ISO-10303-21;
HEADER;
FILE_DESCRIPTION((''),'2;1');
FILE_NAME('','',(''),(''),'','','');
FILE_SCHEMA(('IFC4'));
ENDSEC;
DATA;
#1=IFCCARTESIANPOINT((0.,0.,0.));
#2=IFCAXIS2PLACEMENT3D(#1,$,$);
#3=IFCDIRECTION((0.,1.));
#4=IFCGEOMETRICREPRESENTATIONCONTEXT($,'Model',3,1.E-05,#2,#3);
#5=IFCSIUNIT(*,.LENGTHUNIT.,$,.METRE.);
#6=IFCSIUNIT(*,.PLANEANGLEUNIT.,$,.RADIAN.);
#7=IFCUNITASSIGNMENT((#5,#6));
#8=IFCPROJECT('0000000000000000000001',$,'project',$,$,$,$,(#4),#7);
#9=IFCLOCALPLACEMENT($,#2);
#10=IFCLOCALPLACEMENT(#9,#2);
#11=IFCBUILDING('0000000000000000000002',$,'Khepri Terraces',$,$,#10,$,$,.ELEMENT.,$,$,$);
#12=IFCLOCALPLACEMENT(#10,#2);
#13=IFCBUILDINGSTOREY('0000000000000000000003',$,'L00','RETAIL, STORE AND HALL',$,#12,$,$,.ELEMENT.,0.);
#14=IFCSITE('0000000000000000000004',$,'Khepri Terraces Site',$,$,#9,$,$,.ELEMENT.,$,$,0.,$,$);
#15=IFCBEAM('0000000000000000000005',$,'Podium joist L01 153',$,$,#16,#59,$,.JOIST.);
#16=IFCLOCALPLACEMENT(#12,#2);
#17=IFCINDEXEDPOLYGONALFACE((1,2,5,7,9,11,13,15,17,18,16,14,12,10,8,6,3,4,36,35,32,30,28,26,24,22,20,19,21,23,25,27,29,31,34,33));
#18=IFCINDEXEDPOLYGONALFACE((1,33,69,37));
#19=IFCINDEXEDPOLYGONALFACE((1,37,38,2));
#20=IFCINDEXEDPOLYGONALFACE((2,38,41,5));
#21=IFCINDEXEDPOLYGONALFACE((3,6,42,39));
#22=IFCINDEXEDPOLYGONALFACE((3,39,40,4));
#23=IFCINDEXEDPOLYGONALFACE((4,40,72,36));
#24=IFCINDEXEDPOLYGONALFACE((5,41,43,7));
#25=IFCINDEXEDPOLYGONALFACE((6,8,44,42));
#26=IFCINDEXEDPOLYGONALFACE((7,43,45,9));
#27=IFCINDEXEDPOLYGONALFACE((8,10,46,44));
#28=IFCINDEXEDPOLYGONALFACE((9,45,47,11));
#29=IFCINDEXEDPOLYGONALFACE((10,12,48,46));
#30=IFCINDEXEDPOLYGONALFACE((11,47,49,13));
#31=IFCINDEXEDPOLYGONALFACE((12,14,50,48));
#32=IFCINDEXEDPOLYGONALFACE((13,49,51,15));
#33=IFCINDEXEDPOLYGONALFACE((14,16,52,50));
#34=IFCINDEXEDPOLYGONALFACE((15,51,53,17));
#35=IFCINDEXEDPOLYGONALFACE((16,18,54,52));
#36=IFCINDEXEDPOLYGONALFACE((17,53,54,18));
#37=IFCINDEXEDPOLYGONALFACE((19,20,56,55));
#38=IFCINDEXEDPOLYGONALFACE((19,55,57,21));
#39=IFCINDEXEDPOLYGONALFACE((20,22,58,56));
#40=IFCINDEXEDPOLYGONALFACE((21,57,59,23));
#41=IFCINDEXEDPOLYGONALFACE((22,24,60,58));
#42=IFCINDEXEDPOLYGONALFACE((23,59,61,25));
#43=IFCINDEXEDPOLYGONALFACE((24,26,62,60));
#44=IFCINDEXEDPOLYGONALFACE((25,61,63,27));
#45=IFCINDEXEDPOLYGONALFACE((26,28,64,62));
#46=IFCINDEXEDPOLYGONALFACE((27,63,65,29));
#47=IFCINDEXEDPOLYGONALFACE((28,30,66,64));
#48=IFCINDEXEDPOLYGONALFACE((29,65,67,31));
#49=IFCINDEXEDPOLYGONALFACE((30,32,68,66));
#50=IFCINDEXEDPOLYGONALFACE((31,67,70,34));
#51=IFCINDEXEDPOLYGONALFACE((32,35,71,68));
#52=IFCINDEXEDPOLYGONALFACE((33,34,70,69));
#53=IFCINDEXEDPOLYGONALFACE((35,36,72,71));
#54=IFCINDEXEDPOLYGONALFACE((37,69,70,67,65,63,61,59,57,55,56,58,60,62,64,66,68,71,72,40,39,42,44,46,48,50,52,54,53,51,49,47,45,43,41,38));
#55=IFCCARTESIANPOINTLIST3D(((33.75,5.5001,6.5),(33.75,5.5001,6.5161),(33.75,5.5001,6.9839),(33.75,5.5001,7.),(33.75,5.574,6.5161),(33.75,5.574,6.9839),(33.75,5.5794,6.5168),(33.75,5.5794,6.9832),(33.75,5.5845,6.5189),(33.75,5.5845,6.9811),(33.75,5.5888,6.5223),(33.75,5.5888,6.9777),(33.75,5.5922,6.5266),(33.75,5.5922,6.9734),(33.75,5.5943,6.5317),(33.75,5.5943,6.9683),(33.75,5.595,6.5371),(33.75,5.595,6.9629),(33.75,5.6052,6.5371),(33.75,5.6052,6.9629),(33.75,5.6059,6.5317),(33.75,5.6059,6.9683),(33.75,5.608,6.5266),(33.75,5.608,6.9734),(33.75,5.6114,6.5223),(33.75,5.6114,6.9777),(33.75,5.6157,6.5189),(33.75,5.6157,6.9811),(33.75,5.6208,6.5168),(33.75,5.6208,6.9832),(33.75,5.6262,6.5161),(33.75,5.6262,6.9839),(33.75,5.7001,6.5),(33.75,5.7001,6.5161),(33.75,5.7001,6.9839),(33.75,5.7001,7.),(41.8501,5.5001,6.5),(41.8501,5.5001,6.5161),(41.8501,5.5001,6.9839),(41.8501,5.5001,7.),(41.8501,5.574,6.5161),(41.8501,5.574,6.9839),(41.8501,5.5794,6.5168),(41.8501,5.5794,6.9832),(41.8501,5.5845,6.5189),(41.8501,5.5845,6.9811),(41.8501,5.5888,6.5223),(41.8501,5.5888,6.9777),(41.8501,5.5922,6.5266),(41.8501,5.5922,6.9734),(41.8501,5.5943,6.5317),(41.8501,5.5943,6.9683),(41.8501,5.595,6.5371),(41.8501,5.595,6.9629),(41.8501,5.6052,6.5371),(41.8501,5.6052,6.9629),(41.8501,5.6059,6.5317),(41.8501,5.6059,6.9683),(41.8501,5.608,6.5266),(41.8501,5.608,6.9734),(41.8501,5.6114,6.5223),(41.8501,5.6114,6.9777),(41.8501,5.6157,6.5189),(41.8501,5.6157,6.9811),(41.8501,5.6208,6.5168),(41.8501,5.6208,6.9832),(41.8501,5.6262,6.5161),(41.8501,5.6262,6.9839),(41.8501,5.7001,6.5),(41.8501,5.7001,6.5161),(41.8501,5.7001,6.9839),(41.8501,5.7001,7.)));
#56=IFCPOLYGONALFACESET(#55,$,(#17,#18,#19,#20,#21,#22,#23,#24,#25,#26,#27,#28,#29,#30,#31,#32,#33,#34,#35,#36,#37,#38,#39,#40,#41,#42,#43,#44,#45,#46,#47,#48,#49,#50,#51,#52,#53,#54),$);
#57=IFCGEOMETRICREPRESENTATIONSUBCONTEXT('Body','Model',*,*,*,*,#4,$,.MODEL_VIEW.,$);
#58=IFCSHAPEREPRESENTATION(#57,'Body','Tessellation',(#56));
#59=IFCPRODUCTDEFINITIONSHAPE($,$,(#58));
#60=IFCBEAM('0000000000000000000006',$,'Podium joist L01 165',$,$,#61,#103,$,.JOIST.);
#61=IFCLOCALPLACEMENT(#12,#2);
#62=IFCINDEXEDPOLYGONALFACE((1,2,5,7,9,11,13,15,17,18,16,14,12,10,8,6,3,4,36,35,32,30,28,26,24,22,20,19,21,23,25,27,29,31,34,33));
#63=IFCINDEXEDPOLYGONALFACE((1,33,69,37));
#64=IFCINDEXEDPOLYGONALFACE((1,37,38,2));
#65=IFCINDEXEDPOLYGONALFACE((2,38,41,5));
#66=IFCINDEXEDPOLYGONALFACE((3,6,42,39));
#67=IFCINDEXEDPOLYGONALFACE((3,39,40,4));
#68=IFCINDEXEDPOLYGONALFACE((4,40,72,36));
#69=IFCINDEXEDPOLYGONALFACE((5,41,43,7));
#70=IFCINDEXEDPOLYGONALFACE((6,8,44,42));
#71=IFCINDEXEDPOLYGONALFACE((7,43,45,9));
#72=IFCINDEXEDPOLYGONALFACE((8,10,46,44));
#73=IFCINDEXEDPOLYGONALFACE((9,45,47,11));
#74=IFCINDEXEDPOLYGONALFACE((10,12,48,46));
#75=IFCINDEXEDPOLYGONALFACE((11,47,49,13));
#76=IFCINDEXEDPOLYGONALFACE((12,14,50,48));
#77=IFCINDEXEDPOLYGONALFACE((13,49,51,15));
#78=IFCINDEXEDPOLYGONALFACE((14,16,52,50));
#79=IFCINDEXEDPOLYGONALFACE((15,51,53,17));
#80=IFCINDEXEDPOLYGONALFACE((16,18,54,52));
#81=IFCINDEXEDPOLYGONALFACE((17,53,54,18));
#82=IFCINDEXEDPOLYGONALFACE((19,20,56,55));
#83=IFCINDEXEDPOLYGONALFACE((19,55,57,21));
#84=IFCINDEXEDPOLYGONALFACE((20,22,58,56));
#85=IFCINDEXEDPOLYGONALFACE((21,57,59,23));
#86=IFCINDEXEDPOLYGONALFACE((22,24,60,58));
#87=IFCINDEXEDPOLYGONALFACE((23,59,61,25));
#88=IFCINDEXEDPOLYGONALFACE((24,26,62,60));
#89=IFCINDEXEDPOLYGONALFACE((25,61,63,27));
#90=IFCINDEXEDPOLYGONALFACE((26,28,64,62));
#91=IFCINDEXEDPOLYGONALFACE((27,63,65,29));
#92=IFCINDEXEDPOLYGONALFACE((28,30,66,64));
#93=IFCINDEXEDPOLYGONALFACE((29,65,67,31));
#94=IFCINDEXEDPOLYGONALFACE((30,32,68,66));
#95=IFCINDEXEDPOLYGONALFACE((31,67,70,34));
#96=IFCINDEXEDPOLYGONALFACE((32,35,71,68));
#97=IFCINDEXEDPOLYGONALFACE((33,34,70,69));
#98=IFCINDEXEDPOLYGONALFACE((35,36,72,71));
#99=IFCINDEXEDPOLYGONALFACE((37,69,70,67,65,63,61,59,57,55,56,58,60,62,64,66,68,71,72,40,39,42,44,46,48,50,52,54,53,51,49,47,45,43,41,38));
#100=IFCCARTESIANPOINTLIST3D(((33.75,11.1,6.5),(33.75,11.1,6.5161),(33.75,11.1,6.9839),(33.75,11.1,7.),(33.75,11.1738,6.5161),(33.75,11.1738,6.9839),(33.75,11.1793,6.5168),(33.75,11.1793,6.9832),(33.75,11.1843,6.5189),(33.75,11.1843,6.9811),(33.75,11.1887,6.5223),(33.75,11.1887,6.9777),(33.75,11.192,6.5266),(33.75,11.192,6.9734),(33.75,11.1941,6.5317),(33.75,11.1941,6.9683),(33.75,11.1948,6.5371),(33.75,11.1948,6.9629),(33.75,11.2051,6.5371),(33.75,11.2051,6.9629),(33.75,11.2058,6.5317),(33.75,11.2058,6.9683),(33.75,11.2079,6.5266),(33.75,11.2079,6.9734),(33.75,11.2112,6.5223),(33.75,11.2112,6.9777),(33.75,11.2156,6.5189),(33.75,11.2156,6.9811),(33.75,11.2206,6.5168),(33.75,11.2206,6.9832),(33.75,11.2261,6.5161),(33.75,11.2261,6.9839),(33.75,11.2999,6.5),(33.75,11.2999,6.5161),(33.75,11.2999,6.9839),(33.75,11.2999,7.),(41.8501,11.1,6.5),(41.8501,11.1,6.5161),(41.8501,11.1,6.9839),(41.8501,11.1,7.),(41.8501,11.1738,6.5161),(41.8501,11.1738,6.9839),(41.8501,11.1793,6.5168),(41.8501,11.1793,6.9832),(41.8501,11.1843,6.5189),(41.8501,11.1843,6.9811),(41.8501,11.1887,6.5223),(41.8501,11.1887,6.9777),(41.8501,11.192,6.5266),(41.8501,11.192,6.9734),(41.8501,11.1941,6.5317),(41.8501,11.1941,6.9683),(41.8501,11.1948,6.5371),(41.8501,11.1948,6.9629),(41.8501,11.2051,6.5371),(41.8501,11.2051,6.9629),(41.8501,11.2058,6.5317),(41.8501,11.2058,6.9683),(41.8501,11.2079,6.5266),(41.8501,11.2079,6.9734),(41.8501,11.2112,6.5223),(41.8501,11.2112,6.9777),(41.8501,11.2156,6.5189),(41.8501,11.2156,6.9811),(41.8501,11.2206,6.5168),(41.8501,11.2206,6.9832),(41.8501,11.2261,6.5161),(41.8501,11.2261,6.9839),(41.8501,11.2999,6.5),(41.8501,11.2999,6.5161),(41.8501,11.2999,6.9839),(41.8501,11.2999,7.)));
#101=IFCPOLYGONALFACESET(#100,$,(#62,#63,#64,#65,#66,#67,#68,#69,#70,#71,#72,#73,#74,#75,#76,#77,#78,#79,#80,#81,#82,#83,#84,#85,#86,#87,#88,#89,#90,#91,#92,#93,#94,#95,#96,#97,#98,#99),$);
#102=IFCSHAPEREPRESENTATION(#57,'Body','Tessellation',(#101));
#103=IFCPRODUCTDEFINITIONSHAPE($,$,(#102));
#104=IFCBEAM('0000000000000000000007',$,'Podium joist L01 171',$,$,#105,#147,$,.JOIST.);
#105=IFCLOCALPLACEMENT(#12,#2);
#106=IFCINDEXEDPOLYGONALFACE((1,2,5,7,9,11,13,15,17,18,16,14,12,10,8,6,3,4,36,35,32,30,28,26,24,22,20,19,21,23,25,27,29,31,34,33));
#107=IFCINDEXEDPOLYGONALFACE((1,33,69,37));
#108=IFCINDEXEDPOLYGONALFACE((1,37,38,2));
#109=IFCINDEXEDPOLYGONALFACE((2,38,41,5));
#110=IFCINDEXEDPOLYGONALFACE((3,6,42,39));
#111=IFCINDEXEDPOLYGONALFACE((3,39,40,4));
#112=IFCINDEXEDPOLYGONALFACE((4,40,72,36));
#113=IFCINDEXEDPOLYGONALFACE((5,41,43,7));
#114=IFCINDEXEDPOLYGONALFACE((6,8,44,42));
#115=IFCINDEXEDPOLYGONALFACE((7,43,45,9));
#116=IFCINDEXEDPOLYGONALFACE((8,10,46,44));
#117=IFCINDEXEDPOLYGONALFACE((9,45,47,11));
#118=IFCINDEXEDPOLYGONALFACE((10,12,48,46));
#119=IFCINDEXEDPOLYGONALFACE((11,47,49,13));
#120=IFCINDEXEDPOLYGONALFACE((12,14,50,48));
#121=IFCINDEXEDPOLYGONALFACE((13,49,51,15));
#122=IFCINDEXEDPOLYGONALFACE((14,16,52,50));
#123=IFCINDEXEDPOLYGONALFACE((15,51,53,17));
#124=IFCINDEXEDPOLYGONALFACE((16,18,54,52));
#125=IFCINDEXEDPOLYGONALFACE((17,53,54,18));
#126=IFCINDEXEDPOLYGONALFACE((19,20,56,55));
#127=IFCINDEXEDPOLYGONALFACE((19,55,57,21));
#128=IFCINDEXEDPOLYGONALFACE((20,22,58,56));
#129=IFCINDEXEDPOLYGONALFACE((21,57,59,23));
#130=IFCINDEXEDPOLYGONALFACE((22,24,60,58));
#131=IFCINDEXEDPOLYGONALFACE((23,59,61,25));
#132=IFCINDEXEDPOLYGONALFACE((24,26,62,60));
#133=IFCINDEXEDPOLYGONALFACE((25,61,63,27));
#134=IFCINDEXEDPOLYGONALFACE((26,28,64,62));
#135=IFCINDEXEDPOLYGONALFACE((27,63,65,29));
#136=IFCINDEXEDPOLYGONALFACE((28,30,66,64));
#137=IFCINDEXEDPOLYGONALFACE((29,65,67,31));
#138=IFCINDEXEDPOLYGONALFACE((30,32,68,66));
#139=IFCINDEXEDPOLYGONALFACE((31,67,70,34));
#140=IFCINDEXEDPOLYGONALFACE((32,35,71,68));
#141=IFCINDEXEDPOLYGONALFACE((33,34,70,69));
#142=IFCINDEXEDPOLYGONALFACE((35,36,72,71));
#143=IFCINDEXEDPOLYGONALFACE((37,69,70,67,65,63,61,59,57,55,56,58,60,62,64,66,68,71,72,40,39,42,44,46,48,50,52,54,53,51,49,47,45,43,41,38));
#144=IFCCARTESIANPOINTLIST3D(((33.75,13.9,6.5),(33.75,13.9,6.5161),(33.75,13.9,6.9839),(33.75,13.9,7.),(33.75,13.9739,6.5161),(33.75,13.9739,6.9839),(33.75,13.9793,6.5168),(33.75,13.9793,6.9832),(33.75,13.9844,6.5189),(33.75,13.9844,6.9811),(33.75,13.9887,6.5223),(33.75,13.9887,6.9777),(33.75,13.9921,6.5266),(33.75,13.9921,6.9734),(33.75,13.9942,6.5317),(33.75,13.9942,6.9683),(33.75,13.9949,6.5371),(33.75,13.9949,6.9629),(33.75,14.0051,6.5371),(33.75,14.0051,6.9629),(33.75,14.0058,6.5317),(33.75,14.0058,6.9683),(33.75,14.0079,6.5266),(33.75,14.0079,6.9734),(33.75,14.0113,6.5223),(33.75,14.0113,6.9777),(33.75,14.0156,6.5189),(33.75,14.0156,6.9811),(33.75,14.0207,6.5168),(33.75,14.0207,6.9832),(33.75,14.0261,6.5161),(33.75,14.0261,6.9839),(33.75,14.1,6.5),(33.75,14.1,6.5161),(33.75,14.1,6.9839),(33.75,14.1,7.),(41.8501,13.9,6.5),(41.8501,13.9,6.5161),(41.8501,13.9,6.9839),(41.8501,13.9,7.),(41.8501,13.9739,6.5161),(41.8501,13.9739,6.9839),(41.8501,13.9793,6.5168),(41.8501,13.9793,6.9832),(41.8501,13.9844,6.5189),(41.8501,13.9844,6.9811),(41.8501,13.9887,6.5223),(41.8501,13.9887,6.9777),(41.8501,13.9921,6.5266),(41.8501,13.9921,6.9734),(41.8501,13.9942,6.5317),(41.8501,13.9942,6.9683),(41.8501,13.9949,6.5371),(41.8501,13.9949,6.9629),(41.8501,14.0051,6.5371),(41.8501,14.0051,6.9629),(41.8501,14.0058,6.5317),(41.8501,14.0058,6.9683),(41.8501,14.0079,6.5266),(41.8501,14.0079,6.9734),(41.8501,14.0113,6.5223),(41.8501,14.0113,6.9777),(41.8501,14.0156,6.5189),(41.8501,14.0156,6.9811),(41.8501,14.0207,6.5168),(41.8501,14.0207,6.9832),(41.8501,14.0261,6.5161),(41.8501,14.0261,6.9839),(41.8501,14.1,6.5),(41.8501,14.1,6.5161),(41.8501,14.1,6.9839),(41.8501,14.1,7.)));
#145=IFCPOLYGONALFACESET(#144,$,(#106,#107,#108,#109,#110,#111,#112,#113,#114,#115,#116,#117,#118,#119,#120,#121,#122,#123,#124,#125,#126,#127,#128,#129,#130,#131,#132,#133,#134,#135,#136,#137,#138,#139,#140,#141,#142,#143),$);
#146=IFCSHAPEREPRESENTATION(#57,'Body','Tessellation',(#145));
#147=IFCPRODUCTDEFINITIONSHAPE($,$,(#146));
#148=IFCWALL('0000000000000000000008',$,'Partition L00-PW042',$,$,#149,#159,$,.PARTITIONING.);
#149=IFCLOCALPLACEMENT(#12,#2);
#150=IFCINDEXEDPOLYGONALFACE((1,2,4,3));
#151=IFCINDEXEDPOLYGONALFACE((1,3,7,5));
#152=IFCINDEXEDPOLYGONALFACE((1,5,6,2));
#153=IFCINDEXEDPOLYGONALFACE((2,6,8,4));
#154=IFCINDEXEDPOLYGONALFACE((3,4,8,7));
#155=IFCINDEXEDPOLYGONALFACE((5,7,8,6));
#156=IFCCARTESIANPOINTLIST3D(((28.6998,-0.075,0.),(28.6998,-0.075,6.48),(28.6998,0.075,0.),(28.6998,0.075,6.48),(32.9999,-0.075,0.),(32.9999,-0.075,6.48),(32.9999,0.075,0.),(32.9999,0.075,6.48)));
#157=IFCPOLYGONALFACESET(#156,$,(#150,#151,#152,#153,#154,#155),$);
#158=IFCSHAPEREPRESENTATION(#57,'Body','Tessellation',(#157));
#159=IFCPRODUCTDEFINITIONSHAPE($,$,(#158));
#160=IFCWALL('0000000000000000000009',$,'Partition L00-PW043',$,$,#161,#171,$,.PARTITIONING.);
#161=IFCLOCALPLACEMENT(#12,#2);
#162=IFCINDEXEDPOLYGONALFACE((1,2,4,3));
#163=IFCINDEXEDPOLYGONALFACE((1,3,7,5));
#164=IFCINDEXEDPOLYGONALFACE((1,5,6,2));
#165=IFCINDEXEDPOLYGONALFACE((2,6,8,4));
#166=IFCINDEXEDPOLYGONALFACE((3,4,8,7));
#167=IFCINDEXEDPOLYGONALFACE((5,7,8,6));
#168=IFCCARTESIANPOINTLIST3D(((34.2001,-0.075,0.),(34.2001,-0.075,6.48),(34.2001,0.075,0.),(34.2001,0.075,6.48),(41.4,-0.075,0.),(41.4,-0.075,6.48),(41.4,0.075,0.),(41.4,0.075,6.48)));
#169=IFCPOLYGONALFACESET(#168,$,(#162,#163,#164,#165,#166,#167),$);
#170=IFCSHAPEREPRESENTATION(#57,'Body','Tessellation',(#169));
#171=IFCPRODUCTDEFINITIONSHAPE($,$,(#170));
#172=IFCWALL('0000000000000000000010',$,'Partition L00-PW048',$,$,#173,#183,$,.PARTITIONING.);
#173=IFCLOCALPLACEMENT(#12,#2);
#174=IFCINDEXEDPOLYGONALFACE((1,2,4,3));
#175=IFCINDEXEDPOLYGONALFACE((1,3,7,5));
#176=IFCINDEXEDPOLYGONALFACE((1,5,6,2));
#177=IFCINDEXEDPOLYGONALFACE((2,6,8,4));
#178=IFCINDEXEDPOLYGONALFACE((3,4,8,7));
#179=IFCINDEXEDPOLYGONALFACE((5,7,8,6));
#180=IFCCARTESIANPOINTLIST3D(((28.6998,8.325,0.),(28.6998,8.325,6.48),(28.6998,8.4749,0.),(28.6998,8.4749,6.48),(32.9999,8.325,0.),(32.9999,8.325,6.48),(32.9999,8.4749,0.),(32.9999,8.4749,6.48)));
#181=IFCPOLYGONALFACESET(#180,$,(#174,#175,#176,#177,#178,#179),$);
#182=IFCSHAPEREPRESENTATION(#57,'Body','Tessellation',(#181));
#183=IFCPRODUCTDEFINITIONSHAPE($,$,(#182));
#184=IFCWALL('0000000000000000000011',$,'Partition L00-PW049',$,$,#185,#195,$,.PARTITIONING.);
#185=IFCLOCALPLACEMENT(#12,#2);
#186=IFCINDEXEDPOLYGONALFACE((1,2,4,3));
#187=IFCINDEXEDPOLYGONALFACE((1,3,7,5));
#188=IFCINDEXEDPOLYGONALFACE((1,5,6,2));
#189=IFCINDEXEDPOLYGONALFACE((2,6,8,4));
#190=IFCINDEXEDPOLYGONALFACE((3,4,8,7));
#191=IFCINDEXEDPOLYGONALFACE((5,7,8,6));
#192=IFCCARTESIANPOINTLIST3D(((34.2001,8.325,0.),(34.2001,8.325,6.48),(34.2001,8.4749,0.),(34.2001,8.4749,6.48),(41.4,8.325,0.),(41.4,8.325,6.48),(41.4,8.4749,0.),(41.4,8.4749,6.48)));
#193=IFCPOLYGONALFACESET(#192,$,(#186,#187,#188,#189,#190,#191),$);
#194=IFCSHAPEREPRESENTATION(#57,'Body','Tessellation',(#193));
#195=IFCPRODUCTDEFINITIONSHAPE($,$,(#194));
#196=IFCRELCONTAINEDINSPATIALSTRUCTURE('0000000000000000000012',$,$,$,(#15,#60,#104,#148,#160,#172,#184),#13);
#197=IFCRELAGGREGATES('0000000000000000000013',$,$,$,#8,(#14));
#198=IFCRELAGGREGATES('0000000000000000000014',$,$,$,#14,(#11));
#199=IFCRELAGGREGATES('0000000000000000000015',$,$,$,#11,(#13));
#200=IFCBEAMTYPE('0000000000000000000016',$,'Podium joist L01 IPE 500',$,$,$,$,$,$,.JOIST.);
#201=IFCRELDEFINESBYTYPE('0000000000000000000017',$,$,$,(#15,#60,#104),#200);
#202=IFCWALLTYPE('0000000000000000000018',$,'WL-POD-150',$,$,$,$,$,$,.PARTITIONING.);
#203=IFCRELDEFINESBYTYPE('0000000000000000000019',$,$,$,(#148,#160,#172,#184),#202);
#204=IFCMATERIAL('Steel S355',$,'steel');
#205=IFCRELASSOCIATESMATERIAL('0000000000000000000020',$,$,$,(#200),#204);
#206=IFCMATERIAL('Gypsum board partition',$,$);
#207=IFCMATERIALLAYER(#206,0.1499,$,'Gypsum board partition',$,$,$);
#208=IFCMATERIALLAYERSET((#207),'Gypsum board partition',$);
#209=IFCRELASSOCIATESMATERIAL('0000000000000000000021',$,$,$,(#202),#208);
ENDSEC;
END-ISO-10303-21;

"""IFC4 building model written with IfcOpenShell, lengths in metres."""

from ifc_helpers import new_model, si_unit, direction, frame, frame_2d, origin, origin_2d, place, context, subcontext, project, spatial, rectangle, i_section, extrude, material, layer, layer_set, material_profile, profile_set, type_object, element, save


model = new_model("IFC4")

# Units and contexts
model_context = context("Model", 3, precision=1e-05, world=origin(), true_north=direction((0.0, 1.0)))
body_context = subcontext(model_context, "Body", "Model", "MODEL_VIEW")
ifc_project = project(units=[si_unit("LENGTHUNIT", "METRE"), si_unit("PLANEANGLEUNIT", "RADIAN")], contexts=[model_context])

# Site, building, storey
site_placement = place(None, origin())
site = spatial("IfcSite", under=ifc_project, at=site_placement, Name="Khepri Terraces Site", CompositionType="ELEMENT", RefElevation=0.0)
building_placement = place(site_placement, origin())
building = spatial("IfcBuilding", under=site, at=building_placement, Name="Khepri Terraces", CompositionType="ELEMENT")
storey_placement = place(building_placement, origin())
storey = spatial("IfcBuildingStorey", under=building, at=storey_placement, Name="L00", Description="RETAIL, STORE AND HALL", CompositionType="ELEMENT", Elevation=0.0)

# Beams
ifc_material_1 = material(Name="Steel S355", Category="steel")
ifc_material_profile_1 = material_profile(ifc_material_1, i_section(OverallWidth=0.2, OverallDepth=0.5, WebThickness=0.0103, FlangeThickness=0.0161, FilletRadius=0.021, at=origin_2d()), Name="Steel S355", Category="steel")
ifc_profile_set_1 = profile_set([ifc_material_profile_1], Name="Steel S355")
beam_type_1 = type_object("IfcBeamType", Name="Podium joist L01 IPE 500", PredefinedType="JOIST", material=ifc_profile_set_1)
for number, where, z_axis, x_axis, name in (
    (1, (33.75, 5.6001, 6.75), (1.0, 0.0, 0.0), (0.0, 1.0, 0.0), "Podium joist L01 153"),
    (2, (33.75, 11.2, 6.75), (1.0, 0.0, 0.0), (0.0, 1.0, 0.0), "Podium joist L01 165"),
    (3, (33.75, 14.0, 6.75), (1.0, 0.0, 0.0), (0.0, 1.0, 0.0), "Podium joist L01 171"),
):
    element("IfcBeam", number, at=place(storey_placement, frame(where, z_axis=z_axis, x_axis=x_axis)), inside=storey, type_object=beam_type_1, Name=name, PredefinedType="JOIST", context=body_context, shape_type="SweptSolid", body=[
        extrude(i_section(OverallWidth=0.2, OverallDepth=0.5, WebThickness=0.0103, FlangeThickness=0.0161, FilletRadius=0.021, at=origin_2d()), origin(), (0.0, 0.0, 1.0), 8.1001),
    ])

# Walls
ifc_material_2 = material(Name="Gypsum board partition")
ifc_layer = layer(ifc_material_2, 0.1499, Name="Gypsum board partition")
ifc_layer_set = layer_set([ifc_layer], Name="Gypsum board partition")
wall_type = type_object("IfcWallType", Name="WL-POD-150", PredefinedType="PARTITIONING", material=ifc_layer_set)
wall_1_placement = place(storey_placement, frame((28.7, 0.0, 0.0), z_axis=(0.0, 0.0, 1.0), x_axis=(1.0, 0.0, 0.0)))
element("IfcWall", 4, at=wall_1_placement, inside=storey, type_object=wall_type, Name="Partition L00-PW042", PredefinedType="PARTITIONING", context=body_context, shape_type="SweptSolid", body=[
    extrude(rectangle(XDim=4.3, YDim=0.1499, at=frame_2d((2.1499, 0.0))), origin(), (0.0, 0.0, 1.0), 6.48),
])
wall_2_placement = place(storey_placement, frame((34.2, 0.0, 0.0), z_axis=(0.0, 0.0, 1.0), x_axis=(1.0, 0.0, 0.0)))
element("IfcWall", 5, at=wall_2_placement, inside=storey, type_object=wall_type, Name="Partition L00-PW043", PredefinedType="PARTITIONING", context=body_context, shape_type="SweptSolid", body=[
    extrude(rectangle(XDim=7.2, YDim=0.1499, at=frame_2d((3.6001, 0.0))), origin(), (0.0, 0.0, 1.0), 6.48),
])
wall_3_placement = place(storey_placement, frame((28.7, 8.3999, 0.0), z_axis=(0.0, 0.0, 1.0), x_axis=(1.0, 0.0, 0.0)))
element("IfcWall", 6, at=wall_3_placement, inside=storey, type_object=wall_type, Name="Partition L00-PW048", PredefinedType="PARTITIONING", context=body_context, shape_type="SweptSolid", body=[
    extrude(rectangle(XDim=4.3, YDim=0.1499, at=frame_2d((2.1499, 0.0))), origin(), (0.0, 0.0, 1.0), 6.48),
])
wall_4_placement = place(storey_placement, frame((34.2, 8.3999, 0.0), z_axis=(0.0, 0.0, 1.0), x_axis=(1.0, 0.0, 0.0)))
element("IfcWall", 7, at=wall_4_placement, inside=storey, type_object=wall_type, Name="Partition L00-PW049", PredefinedType="PARTITIONING", context=body_context, shape_type="SweptSolid", body=[
    extrude(rectangle(XDim=7.2, YDim=0.1499, at=frame_2d((3.6001, 0.0))), origin(), (0.0, 0.0, 1.0), 6.48),
])

save(model, "model.ifc")
